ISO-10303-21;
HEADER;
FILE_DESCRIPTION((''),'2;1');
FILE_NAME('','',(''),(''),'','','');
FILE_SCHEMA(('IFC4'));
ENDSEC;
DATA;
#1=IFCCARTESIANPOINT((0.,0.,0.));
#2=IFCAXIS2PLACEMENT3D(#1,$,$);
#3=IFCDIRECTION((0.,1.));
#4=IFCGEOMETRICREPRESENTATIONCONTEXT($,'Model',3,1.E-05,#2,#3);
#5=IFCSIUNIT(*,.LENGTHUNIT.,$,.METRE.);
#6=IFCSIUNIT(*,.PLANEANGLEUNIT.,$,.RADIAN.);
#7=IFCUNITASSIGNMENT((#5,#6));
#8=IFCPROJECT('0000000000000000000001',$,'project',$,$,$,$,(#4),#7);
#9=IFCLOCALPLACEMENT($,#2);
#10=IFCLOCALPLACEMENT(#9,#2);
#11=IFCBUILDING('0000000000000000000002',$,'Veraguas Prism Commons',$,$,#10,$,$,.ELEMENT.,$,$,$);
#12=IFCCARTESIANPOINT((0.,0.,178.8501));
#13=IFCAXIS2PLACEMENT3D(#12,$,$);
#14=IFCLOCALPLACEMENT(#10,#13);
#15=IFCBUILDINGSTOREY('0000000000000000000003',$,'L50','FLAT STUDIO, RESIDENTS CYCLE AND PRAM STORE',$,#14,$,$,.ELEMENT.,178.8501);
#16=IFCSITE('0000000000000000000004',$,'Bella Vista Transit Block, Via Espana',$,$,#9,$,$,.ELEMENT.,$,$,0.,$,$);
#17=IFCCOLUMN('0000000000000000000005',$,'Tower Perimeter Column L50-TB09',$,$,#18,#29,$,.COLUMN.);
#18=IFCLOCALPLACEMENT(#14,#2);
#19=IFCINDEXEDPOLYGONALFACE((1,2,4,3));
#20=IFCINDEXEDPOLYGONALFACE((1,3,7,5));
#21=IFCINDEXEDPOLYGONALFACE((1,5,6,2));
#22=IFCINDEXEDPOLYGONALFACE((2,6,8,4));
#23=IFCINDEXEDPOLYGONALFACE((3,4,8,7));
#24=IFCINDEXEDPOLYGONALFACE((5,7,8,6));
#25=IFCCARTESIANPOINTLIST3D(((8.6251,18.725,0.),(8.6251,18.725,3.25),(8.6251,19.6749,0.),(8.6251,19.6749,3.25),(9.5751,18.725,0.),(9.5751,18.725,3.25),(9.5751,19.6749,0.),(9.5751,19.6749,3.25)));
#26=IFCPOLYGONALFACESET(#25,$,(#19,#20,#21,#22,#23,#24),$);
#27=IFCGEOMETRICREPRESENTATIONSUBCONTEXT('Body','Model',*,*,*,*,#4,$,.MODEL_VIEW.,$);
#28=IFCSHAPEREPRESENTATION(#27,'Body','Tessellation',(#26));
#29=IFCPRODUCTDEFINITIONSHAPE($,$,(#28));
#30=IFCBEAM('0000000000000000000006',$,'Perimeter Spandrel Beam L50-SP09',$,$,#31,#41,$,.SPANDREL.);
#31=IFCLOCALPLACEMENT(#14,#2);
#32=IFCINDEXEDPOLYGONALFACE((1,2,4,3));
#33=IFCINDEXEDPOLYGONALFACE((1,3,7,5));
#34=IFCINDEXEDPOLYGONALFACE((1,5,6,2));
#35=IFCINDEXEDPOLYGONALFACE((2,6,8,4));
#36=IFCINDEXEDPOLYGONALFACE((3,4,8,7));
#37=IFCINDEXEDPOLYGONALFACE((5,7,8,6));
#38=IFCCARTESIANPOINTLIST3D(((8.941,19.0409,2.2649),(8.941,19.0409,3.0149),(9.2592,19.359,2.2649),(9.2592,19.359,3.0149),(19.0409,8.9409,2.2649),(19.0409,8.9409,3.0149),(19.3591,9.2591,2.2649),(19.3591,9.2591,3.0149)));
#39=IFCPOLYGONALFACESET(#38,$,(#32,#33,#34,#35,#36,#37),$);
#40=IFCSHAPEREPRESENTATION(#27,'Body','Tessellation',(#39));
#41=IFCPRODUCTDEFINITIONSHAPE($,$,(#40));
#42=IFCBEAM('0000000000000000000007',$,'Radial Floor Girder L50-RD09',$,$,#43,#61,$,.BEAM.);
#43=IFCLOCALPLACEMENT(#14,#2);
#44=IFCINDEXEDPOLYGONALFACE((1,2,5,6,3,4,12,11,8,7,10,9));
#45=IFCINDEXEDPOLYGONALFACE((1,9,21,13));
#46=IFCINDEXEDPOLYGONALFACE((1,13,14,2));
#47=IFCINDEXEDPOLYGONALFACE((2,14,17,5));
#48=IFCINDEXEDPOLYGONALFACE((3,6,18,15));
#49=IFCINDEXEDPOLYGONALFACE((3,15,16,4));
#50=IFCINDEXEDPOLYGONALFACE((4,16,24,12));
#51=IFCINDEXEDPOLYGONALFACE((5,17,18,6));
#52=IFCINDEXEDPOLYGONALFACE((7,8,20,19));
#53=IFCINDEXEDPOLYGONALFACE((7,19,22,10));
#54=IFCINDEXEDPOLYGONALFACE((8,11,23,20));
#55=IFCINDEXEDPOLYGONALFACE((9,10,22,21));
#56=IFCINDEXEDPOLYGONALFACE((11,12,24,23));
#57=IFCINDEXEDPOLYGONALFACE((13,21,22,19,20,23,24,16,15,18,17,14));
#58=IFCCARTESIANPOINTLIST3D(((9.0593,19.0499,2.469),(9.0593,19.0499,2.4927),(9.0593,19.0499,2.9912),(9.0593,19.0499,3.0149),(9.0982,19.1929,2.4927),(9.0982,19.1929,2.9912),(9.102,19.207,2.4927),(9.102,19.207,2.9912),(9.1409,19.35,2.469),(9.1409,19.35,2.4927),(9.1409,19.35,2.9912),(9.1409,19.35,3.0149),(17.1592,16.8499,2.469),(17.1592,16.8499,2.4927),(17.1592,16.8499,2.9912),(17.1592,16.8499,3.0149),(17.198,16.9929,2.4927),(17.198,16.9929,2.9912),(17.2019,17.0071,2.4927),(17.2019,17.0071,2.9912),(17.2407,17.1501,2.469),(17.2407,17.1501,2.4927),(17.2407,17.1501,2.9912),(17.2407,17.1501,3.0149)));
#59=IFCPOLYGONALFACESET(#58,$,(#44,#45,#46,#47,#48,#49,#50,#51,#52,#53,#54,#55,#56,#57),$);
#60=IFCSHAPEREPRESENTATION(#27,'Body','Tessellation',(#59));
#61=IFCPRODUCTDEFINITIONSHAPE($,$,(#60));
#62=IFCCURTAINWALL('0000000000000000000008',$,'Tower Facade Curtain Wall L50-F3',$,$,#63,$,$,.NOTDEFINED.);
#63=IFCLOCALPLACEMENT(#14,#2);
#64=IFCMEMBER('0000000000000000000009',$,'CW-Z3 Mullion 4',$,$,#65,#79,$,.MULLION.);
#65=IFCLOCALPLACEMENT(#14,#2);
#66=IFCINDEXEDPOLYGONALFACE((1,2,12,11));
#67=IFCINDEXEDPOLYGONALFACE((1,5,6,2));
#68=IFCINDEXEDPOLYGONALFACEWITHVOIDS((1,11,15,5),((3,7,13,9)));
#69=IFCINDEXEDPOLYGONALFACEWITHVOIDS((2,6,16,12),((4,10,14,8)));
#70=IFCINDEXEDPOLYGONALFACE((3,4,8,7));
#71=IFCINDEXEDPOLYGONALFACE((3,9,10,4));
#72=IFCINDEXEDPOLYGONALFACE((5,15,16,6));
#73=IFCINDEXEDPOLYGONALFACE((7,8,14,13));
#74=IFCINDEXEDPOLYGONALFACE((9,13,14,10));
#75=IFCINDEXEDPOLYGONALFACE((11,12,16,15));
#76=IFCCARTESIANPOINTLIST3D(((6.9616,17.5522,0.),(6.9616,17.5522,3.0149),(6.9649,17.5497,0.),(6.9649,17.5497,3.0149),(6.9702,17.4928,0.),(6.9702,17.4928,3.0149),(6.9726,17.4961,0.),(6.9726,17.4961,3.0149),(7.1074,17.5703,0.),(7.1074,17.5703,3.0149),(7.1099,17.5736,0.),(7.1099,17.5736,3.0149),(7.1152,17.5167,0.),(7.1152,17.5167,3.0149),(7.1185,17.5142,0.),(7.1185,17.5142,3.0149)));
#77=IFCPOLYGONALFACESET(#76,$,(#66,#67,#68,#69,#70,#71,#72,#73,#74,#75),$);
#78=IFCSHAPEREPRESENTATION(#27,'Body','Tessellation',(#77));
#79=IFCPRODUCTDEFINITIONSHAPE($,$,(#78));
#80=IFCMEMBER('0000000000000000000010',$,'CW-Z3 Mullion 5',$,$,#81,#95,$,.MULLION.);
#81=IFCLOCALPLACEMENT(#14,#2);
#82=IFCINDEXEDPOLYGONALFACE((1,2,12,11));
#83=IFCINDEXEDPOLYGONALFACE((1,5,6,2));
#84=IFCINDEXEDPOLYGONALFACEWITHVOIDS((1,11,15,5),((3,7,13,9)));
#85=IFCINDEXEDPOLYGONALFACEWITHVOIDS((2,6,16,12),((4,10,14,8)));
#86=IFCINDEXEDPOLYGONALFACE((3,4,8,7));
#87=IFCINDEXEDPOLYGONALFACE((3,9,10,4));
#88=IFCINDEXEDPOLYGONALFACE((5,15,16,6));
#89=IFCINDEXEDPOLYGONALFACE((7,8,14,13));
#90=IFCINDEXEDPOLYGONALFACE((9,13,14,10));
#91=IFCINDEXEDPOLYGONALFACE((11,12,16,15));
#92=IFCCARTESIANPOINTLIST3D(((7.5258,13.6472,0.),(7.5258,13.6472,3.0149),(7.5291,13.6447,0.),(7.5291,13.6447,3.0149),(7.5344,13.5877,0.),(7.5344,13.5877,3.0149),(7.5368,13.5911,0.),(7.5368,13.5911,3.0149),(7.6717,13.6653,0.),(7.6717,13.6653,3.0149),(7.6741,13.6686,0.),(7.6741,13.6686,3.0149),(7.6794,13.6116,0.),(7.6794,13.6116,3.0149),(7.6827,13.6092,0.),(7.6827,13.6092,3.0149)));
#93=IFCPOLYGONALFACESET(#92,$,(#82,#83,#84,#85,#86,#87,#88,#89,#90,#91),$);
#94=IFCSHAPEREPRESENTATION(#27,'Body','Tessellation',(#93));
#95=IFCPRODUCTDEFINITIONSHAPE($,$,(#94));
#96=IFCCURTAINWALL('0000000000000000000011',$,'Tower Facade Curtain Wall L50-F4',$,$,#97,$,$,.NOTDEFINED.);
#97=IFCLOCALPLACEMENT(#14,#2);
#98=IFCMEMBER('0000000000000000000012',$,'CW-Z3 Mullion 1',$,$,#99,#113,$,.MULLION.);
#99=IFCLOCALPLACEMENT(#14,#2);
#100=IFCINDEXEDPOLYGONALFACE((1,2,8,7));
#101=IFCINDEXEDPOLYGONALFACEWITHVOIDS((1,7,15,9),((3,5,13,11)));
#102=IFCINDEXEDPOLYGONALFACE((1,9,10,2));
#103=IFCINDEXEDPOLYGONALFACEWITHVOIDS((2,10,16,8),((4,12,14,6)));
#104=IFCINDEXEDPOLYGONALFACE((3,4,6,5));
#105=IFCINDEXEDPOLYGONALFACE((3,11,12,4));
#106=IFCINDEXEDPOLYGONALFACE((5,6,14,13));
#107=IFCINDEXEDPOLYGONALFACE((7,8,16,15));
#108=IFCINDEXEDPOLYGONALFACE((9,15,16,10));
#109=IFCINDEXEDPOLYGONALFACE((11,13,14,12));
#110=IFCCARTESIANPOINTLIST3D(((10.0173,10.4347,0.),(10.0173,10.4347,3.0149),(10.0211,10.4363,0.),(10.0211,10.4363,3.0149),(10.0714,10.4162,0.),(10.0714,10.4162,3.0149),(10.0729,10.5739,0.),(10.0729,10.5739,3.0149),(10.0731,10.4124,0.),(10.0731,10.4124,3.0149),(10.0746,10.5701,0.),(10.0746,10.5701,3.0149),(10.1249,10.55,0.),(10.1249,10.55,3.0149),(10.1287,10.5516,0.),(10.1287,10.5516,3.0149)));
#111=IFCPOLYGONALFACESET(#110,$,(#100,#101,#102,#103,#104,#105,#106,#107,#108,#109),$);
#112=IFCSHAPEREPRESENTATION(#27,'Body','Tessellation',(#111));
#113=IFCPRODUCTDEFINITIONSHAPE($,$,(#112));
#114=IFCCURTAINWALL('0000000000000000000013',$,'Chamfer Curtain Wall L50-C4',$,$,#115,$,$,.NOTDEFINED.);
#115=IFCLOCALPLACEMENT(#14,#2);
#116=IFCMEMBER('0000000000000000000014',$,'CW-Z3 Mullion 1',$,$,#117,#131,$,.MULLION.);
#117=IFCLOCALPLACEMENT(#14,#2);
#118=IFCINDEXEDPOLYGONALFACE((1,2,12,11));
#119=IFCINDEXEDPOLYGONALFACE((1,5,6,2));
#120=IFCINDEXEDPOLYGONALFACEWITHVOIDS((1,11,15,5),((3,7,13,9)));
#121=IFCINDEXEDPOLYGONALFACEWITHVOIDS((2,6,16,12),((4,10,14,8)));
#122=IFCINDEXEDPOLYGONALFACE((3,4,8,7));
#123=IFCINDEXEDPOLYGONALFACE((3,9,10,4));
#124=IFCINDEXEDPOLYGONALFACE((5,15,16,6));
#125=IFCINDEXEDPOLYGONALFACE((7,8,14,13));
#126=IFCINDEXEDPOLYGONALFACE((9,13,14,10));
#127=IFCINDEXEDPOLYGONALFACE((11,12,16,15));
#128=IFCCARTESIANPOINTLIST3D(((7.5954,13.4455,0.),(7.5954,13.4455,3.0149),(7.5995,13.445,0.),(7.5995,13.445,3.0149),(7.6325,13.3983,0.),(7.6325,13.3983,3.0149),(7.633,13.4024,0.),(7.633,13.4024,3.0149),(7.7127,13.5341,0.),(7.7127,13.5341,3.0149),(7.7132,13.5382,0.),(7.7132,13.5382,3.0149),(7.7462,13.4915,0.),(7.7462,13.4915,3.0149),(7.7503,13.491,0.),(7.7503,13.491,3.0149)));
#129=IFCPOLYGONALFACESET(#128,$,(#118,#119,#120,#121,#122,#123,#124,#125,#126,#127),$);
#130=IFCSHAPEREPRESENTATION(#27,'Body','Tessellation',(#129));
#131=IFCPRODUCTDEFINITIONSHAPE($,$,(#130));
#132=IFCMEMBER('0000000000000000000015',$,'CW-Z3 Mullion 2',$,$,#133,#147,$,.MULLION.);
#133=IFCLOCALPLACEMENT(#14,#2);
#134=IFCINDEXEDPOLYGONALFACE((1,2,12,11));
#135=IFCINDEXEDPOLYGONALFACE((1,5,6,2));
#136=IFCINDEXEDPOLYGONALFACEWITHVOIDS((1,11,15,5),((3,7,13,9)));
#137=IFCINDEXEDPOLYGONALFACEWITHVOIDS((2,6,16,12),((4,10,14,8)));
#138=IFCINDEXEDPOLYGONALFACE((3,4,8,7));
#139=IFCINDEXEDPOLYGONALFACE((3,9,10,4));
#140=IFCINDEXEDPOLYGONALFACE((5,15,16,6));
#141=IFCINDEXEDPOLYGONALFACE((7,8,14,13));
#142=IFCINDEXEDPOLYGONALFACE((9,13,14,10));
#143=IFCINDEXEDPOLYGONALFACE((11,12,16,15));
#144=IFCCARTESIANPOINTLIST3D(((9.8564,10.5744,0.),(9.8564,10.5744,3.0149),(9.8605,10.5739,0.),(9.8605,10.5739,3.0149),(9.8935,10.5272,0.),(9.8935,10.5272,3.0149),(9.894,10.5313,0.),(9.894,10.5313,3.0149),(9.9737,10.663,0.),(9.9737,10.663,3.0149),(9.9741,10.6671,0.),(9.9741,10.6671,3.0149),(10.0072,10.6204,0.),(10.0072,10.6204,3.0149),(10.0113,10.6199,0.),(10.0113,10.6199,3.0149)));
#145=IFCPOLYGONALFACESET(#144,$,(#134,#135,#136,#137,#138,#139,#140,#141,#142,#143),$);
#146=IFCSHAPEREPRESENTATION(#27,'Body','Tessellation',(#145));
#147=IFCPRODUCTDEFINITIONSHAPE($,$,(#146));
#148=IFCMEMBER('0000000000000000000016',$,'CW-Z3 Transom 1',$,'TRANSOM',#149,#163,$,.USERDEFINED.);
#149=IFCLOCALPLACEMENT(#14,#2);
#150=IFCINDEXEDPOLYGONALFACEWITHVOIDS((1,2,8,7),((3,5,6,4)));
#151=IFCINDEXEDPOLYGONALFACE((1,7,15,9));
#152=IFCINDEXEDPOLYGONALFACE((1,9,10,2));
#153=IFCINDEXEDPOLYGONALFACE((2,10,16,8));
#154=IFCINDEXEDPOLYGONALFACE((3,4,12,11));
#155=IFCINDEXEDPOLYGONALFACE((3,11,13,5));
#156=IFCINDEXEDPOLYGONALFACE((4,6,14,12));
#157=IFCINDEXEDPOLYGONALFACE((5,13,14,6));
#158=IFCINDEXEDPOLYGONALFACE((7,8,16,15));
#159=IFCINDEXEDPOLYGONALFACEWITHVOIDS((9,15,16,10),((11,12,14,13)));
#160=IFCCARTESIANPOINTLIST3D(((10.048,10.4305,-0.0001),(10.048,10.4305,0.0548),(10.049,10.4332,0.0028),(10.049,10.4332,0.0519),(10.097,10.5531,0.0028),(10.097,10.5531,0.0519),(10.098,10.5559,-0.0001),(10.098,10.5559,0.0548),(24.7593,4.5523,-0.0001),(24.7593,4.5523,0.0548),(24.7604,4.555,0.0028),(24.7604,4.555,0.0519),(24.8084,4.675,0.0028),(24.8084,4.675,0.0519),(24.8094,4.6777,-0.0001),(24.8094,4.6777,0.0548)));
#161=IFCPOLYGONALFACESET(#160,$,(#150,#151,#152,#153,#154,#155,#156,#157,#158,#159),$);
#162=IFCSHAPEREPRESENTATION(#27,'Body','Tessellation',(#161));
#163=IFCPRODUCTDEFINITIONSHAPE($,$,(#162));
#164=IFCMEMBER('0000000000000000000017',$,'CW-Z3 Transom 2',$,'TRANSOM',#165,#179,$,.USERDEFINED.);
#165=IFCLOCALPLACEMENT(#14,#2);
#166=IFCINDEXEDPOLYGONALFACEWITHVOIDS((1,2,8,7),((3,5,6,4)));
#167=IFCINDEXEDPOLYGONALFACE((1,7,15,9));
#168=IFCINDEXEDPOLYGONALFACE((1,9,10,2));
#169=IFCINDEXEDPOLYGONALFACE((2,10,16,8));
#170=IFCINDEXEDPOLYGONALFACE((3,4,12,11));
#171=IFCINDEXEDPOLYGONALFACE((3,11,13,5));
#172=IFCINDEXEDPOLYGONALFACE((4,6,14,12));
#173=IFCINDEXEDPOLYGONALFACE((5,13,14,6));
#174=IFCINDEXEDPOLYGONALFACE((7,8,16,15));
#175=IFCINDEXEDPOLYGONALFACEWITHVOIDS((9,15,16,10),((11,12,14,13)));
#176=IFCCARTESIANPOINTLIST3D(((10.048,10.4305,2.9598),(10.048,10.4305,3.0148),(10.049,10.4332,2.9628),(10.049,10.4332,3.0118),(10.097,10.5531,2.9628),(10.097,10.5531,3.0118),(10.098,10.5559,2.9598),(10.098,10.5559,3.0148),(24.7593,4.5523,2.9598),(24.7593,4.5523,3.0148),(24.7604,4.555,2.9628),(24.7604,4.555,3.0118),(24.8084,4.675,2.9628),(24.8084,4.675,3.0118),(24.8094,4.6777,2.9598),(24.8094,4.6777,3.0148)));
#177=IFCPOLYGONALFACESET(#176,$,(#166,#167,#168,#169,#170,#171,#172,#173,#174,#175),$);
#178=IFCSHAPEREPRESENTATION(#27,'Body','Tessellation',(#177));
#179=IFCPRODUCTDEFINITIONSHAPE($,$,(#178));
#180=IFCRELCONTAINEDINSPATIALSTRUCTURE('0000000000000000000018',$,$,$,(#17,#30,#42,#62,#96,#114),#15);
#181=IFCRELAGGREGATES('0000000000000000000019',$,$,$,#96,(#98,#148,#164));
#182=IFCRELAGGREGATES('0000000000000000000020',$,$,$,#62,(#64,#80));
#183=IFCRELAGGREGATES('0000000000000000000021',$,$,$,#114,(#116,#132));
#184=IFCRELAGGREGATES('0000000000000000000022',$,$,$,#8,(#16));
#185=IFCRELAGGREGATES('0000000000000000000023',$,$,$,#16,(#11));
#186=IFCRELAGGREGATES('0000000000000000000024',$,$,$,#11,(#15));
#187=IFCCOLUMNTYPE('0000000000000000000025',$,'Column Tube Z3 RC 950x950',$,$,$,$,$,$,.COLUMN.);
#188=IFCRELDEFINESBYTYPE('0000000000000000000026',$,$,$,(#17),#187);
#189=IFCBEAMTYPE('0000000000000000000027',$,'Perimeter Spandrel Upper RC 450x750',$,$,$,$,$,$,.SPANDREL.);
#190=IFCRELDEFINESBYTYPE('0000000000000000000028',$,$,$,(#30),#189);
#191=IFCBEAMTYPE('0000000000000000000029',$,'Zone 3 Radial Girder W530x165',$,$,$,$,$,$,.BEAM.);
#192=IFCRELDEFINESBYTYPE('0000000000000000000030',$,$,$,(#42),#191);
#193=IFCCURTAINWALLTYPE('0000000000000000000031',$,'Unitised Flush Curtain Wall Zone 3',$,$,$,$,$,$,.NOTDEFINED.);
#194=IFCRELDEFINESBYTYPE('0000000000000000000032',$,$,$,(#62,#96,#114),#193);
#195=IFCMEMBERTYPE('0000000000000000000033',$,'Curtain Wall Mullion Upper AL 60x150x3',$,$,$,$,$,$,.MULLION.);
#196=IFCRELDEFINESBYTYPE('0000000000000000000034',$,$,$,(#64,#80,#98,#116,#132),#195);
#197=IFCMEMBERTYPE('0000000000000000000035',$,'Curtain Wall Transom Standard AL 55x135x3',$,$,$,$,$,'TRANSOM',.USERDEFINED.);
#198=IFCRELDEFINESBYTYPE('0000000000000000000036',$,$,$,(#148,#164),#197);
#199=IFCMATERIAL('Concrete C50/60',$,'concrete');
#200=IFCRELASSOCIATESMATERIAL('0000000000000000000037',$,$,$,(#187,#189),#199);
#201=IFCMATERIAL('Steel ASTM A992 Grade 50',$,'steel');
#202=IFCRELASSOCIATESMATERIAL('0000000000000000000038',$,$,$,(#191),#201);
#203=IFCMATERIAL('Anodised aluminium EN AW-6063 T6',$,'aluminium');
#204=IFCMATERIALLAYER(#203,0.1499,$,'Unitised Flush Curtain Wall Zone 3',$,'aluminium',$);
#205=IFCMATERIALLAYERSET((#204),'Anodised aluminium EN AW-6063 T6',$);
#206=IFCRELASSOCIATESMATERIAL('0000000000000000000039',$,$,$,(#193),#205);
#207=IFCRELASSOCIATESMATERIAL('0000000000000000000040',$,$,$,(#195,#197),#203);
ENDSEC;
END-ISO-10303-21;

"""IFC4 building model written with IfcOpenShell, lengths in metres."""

from ifc_helpers import new_model, si_unit, direction, frame, origin, origin_2d, place, context, subcontext, project, spatial, rectangle, hollow_rectangle, i_section, extrude, source, transform, mapped, material, layer, layer_set, material_profile, profile_set, type_object, element, aggregate, save


model = new_model("IFC4")

# Units and contexts
model_context = context("Model", 3, precision=1e-05, world=origin(), true_north=direction((0.0, 1.0)))
body_context = subcontext(model_context, "Body", "Model", "MODEL_VIEW")
ifc_project = project(units=[si_unit("LENGTHUNIT", "METRE"), si_unit("PLANEANGLEUNIT", "RADIAN")], contexts=[model_context])

# Site, building, storey
site_placement = place(None, origin())
site = spatial("IfcSite", under=ifc_project, at=site_placement, Name="Bella Vista Transit Block, Via Espana", CompositionType="ELEMENT", RefElevation=0.0)
building_placement = place(site_placement, origin())
building = spatial("IfcBuilding", under=site, at=building_placement, Name="Veraguas Prism Commons", CompositionType="ELEMENT")
storey_placement = place(building_placement, frame((0.0, 0.0, 178.8501)))
storey = spatial("IfcBuildingStorey", under=building, at=storey_placement, Name="L50", Description="FLAT STUDIO, RESIDENTS CYCLE AND PRAM STORE", CompositionType="ELEMENT", Elevation=178.8501)

# Column
ifc_material_1 = material(Name="Concrete C50/60", Category="concrete")
ifc_material_profile_1 = material_profile(ifc_material_1, rectangle(XDim=0.95, YDim=0.95, at=origin_2d()), Name="RC950X950")
ifc_profile_set_1 = profile_set([ifc_material_profile_1], Name="Concrete C50/60")
column_type = type_object("IfcColumnType", Name="Column Tube Z3 RC 950x950", PredefinedType="COLUMN", material=ifc_profile_set_1)
column_placement = place(storey_placement, frame((9.1001, 19.2, 0.0), z_axis=(0.0, 0.0, 1.0), x_axis=(1.0, 0.0, 0.0)))
element("IfcColumn", 1, at=column_placement, inside=storey, type_object=column_type, Name="Tower Perimeter Column L50-TB09", PredefinedType="COLUMN", context=body_context, shape_type="SweptSolid", body=[
    extrude(rectangle(XDim=0.95, YDim=0.95, at=origin_2d()), origin(), (0.0, 0.0, 1.0), 3.25),
])

# Beams
ifc_material_profile_2 = material_profile(ifc_material_1, rectangle(XDim=0.45, YDim=0.75, at=origin_2d()), Name="RC450X750")
ifc_profile_set_2 = profile_set([ifc_material_profile_2], Name="Concrete C50/60")
beam_type_1 = type_object("IfcBeamType", Name="Perimeter Spandrel Upper RC 450x750", PredefinedType="SPANDREL", material=ifc_profile_set_2)
beam_1_placement = place(storey_placement, frame((9.1001, 19.2, 2.6399), z_axis=(0.707107, -0.707107, 0.0), x_axis=(0.707107, 0.707107, 0.0)))
element("IfcBeam", 2, at=beam_1_placement, inside=storey, type_object=beam_type_1, Name="Perimeter Spandrel Beam L50-SP09", PredefinedType="SPANDREL", context=body_context, shape_type="SweptSolid", body=[
    extrude(rectangle(XDim=0.45, YDim=0.75, at=origin_2d()), origin(), (0.0, 0.0, 1.0), 14.2834),
])
ifc_material_2 = material(Name="Steel ASTM A992 Grade 50", Category="steel")
ifc_material_profile_3 = material_profile(ifc_material_2, i_section(OverallWidth=0.311, OverallDepth=0.5459, WebThickness=0.0146, FlangeThickness=0.0237, at=origin_2d()), Name="W530X165")
ifc_profile_set_3 = profile_set([ifc_material_profile_3], Name="Steel ASTM A992 Grade 50")
beam_type_2 = type_object("IfcBeamType", Name="Zone 3 Radial Girder W530x165", PredefinedType="BEAM", material=ifc_profile_set_3)
beam_2_placement = place(storey_placement, frame((9.1001, 19.2, 2.7419), z_axis=(0.965039, -0.262108, 0.0), x_axis=(0.262108, 0.965039, 0.0)))
element("IfcBeam", 3, at=beam_2_placement, inside=storey, type_object=beam_type_2, Name="Radial Floor Girder L50-RD09", PredefinedType="BEAM", context=body_context, shape_type="SweptSolid", body=[
    extrude(i_section(OverallWidth=0.311, OverallDepth=0.5459, WebThickness=0.0146, FlangeThickness=0.0237, at=origin_2d()), origin(), (0.0, 0.0, 1.0), 8.3933),
])

# Curtain wall, members
ifc_material_3 = material(Name="Anodised aluminium EN AW-6063 T6", Category="aluminium")
ifc_layer_1 = layer(ifc_material_3, 0.1499, Name="Unitised Flush Curtain Wall Zone 3", Category="aluminium")
ifc_layer_set_1 = layer_set([ifc_layer_1], Name="Anodised aluminium EN AW-6063 T6")
curtain_wall_type = type_object("IfcCurtainWallType", Name="Unitised Flush Curtain Wall Zone 3", PredefinedType="NOTDEFINED", material=ifc_layer_set_1)
curtain_wall_1_placement = place(storey_placement, origin())
curtain_wall_1 = element("IfcCurtainWall", 4, at=curtain_wall_1_placement, inside=storey, type_object=curtain_wall_type, Name="Tower Facade Curtain Wall L50-F3", PredefinedType="NOTDEFINED")
ifc_material_profile_4 = material_profile(ifc_material_3, hollow_rectangle(XDim=0.0601, YDim=0.1499, WallThickness=0.0029, at=origin_2d()), Name="AL60X150X3")
ifc_profile_set_4 = profile_set([ifc_material_profile_4], Name="Anodised aluminium EN AW-6063 T6")
member_type_1 = type_object("IfcMemberType", Name="Curtain Wall Mullion Upper AL 60x150x3", PredefinedType="MULLION", material=ifc_profile_set_4)
shared_shape_1 = source(origin(), body_context, "Body", "SweptSolid", [
    extrude(hollow_rectangle(XDim=0.0601, YDim=0.1499, WallThickness=0.0029, at=origin_2d()), origin(), (0.0, 0.0, 1.0), 3.0149),
])
member_1_placement = place(storey_placement, frame((7.04, 17.5332, 0.0), z_axis=(0.0, 0.0, 1.0), x_axis=(0.142973, -0.989727, 0.0)))
member_1 = element("IfcMember", 5, at=member_1_placement, type_object=member_type_1, Name="CW-Z3 Mullion 4", PredefinedType="MULLION", context=body_context, shape_type="MappedRepresentation", body=[
    mapped(shared_shape_1, transform((0.0, 0.0, 0.0), scale=1.0)),
])
member_2_placement = place(storey_placement, frame((7.6042, 13.6282, 0.0), z_axis=(0.0, 0.0, 1.0), x_axis=(0.142973, -0.989727, 0.0)))
member_2 = element("IfcMember", 6, at=member_2_placement, type_object=member_type_1, Name="CW-Z3 Mullion 5", PredefinedType="MULLION", context=body_context, shape_type="MappedRepresentation", body=[
    mapped(shared_shape_1, transform((0.0, 0.0, 0.0), scale=1.0)),
])

# Curtain wall, member
curtain_wall_2_placement = place(storey_placement, origin())
curtain_wall_2 = element("IfcCurtainWall", 7, at=curtain_wall_2_placement, inside=storey, type_object=curtain_wall_type, Name="Tower Facade Curtain Wall L50-F4", PredefinedType="NOTDEFINED")
member_3_placement = place(storey_placement, frame((10.073, 10.4932, 0.0), z_axis=(0.0, 0.0, 1.0), x_axis=(0.928618, -0.371037, 0.0)))
member_3 = element("IfcMember", 8, at=member_3_placement, type_object=member_type_1, Name="CW-Z3 Mullion 1", PredefinedType="MULLION", context=body_context, shape_type="MappedRepresentation", body=[
    mapped(shared_shape_1, transform((0.0, 0.0, 0.0), scale=1.0)),
])

# Curtain wall, members
curtain_wall_3_placement = place(storey_placement, origin())
curtain_wall_3 = element("IfcCurtainWall", 9, at=curtain_wall_3_placement, inside=storey, type_object=curtain_wall_type, Name="Chamfer Curtain Wall L50-C4", PredefinedType="NOTDEFINED")
member_4_placement = place(storey_placement, frame((7.6729, 13.4683, 0.0), z_axis=(0.0, 0.0, 1.0), x_axis=(0.618679, -0.785644, 0.0)))
member_4 = element("IfcMember", 10, at=member_4_placement, type_object=member_type_1, Name="CW-Z3 Mullion 1", PredefinedType="MULLION", context=body_context, shape_type="MappedRepresentation", body=[
    mapped(shared_shape_1, transform((0.0, 0.0, 0.0), scale=1.0)),
])
member_5_placement = place(storey_placement, frame((9.9338, 10.5972, 0.0), z_axis=(0.0, 0.0, 1.0), x_axis=(0.618679, -0.785644, 0.0)))
member_5 = element("IfcMember", 11, at=member_5_placement, type_object=member_type_1, Name="CW-Z3 Mullion 2", PredefinedType="MULLION", context=body_context, shape_type="MappedRepresentation", body=[
    mapped(shared_shape_1, transform((0.0, 0.0, 0.0), scale=1.0)),
])

# Members
ifc_material_profile_5 = material_profile(ifc_material_3, hollow_rectangle(XDim=0.0549, YDim=0.135, WallThickness=0.0029, at=origin_2d()), Name="AL55X135X3")
ifc_profile_set_5 = profile_set([ifc_material_profile_5], Name="Anodised aluminium EN AW-6063 T6")
member_type_2 = type_object("IfcMemberType", Name="Curtain Wall Transom Standard AL 55x135x3", ElementType="TRANSOM", PredefinedType="USERDEFINED", material=ifc_profile_set_5)
shared_shape_2 = source(origin(), body_context, "Body", "SweptSolid", [
    extrude(hollow_rectangle(XDim=0.0549, YDim=0.135, WallThickness=0.0029, at=origin_2d()), origin(), (0.0, 0.0, 1.0), 15.8423),
])
member_6_placement = place(storey_placement, frame((10.073, 10.4932, 0.0273), z_axis=(0.928616, -0.371043, 0.0), x_axis=(0.0, 0.0, 1.0)))
member_6 = element("IfcMember", 12, at=member_6_placement, type_object=member_type_2, Name="CW-Z3 Transom 1", ObjectType="TRANSOM", PredefinedType="USERDEFINED", context=body_context, shape_type="MappedRepresentation", body=[
    mapped(shared_shape_2, transform((0.0, 0.0, 0.0), scale=1.0)),
])
member_7_placement = place(storey_placement, frame((10.073, 10.4932, 2.9873), z_axis=(0.928616, -0.371043, 0.0), x_axis=(0.0, 0.0, 1.0)))
member_7 = element("IfcMember", 13, at=member_7_placement, type_object=member_type_2, Name="CW-Z3 Transom 2", ObjectType="TRANSOM", PredefinedType="USERDEFINED", context=body_context, shape_type="MappedRepresentation", body=[
    mapped(shared_shape_2, transform((0.0, 0.0, 0.0), scale=1.0)),
])

aggregate(curtain_wall_2, [member_3, member_6, member_7])
aggregate(curtain_wall_1, [member_1, member_2])
aggregate(curtain_wall_3, [member_4, member_5])

save(model, "model.ifc")
